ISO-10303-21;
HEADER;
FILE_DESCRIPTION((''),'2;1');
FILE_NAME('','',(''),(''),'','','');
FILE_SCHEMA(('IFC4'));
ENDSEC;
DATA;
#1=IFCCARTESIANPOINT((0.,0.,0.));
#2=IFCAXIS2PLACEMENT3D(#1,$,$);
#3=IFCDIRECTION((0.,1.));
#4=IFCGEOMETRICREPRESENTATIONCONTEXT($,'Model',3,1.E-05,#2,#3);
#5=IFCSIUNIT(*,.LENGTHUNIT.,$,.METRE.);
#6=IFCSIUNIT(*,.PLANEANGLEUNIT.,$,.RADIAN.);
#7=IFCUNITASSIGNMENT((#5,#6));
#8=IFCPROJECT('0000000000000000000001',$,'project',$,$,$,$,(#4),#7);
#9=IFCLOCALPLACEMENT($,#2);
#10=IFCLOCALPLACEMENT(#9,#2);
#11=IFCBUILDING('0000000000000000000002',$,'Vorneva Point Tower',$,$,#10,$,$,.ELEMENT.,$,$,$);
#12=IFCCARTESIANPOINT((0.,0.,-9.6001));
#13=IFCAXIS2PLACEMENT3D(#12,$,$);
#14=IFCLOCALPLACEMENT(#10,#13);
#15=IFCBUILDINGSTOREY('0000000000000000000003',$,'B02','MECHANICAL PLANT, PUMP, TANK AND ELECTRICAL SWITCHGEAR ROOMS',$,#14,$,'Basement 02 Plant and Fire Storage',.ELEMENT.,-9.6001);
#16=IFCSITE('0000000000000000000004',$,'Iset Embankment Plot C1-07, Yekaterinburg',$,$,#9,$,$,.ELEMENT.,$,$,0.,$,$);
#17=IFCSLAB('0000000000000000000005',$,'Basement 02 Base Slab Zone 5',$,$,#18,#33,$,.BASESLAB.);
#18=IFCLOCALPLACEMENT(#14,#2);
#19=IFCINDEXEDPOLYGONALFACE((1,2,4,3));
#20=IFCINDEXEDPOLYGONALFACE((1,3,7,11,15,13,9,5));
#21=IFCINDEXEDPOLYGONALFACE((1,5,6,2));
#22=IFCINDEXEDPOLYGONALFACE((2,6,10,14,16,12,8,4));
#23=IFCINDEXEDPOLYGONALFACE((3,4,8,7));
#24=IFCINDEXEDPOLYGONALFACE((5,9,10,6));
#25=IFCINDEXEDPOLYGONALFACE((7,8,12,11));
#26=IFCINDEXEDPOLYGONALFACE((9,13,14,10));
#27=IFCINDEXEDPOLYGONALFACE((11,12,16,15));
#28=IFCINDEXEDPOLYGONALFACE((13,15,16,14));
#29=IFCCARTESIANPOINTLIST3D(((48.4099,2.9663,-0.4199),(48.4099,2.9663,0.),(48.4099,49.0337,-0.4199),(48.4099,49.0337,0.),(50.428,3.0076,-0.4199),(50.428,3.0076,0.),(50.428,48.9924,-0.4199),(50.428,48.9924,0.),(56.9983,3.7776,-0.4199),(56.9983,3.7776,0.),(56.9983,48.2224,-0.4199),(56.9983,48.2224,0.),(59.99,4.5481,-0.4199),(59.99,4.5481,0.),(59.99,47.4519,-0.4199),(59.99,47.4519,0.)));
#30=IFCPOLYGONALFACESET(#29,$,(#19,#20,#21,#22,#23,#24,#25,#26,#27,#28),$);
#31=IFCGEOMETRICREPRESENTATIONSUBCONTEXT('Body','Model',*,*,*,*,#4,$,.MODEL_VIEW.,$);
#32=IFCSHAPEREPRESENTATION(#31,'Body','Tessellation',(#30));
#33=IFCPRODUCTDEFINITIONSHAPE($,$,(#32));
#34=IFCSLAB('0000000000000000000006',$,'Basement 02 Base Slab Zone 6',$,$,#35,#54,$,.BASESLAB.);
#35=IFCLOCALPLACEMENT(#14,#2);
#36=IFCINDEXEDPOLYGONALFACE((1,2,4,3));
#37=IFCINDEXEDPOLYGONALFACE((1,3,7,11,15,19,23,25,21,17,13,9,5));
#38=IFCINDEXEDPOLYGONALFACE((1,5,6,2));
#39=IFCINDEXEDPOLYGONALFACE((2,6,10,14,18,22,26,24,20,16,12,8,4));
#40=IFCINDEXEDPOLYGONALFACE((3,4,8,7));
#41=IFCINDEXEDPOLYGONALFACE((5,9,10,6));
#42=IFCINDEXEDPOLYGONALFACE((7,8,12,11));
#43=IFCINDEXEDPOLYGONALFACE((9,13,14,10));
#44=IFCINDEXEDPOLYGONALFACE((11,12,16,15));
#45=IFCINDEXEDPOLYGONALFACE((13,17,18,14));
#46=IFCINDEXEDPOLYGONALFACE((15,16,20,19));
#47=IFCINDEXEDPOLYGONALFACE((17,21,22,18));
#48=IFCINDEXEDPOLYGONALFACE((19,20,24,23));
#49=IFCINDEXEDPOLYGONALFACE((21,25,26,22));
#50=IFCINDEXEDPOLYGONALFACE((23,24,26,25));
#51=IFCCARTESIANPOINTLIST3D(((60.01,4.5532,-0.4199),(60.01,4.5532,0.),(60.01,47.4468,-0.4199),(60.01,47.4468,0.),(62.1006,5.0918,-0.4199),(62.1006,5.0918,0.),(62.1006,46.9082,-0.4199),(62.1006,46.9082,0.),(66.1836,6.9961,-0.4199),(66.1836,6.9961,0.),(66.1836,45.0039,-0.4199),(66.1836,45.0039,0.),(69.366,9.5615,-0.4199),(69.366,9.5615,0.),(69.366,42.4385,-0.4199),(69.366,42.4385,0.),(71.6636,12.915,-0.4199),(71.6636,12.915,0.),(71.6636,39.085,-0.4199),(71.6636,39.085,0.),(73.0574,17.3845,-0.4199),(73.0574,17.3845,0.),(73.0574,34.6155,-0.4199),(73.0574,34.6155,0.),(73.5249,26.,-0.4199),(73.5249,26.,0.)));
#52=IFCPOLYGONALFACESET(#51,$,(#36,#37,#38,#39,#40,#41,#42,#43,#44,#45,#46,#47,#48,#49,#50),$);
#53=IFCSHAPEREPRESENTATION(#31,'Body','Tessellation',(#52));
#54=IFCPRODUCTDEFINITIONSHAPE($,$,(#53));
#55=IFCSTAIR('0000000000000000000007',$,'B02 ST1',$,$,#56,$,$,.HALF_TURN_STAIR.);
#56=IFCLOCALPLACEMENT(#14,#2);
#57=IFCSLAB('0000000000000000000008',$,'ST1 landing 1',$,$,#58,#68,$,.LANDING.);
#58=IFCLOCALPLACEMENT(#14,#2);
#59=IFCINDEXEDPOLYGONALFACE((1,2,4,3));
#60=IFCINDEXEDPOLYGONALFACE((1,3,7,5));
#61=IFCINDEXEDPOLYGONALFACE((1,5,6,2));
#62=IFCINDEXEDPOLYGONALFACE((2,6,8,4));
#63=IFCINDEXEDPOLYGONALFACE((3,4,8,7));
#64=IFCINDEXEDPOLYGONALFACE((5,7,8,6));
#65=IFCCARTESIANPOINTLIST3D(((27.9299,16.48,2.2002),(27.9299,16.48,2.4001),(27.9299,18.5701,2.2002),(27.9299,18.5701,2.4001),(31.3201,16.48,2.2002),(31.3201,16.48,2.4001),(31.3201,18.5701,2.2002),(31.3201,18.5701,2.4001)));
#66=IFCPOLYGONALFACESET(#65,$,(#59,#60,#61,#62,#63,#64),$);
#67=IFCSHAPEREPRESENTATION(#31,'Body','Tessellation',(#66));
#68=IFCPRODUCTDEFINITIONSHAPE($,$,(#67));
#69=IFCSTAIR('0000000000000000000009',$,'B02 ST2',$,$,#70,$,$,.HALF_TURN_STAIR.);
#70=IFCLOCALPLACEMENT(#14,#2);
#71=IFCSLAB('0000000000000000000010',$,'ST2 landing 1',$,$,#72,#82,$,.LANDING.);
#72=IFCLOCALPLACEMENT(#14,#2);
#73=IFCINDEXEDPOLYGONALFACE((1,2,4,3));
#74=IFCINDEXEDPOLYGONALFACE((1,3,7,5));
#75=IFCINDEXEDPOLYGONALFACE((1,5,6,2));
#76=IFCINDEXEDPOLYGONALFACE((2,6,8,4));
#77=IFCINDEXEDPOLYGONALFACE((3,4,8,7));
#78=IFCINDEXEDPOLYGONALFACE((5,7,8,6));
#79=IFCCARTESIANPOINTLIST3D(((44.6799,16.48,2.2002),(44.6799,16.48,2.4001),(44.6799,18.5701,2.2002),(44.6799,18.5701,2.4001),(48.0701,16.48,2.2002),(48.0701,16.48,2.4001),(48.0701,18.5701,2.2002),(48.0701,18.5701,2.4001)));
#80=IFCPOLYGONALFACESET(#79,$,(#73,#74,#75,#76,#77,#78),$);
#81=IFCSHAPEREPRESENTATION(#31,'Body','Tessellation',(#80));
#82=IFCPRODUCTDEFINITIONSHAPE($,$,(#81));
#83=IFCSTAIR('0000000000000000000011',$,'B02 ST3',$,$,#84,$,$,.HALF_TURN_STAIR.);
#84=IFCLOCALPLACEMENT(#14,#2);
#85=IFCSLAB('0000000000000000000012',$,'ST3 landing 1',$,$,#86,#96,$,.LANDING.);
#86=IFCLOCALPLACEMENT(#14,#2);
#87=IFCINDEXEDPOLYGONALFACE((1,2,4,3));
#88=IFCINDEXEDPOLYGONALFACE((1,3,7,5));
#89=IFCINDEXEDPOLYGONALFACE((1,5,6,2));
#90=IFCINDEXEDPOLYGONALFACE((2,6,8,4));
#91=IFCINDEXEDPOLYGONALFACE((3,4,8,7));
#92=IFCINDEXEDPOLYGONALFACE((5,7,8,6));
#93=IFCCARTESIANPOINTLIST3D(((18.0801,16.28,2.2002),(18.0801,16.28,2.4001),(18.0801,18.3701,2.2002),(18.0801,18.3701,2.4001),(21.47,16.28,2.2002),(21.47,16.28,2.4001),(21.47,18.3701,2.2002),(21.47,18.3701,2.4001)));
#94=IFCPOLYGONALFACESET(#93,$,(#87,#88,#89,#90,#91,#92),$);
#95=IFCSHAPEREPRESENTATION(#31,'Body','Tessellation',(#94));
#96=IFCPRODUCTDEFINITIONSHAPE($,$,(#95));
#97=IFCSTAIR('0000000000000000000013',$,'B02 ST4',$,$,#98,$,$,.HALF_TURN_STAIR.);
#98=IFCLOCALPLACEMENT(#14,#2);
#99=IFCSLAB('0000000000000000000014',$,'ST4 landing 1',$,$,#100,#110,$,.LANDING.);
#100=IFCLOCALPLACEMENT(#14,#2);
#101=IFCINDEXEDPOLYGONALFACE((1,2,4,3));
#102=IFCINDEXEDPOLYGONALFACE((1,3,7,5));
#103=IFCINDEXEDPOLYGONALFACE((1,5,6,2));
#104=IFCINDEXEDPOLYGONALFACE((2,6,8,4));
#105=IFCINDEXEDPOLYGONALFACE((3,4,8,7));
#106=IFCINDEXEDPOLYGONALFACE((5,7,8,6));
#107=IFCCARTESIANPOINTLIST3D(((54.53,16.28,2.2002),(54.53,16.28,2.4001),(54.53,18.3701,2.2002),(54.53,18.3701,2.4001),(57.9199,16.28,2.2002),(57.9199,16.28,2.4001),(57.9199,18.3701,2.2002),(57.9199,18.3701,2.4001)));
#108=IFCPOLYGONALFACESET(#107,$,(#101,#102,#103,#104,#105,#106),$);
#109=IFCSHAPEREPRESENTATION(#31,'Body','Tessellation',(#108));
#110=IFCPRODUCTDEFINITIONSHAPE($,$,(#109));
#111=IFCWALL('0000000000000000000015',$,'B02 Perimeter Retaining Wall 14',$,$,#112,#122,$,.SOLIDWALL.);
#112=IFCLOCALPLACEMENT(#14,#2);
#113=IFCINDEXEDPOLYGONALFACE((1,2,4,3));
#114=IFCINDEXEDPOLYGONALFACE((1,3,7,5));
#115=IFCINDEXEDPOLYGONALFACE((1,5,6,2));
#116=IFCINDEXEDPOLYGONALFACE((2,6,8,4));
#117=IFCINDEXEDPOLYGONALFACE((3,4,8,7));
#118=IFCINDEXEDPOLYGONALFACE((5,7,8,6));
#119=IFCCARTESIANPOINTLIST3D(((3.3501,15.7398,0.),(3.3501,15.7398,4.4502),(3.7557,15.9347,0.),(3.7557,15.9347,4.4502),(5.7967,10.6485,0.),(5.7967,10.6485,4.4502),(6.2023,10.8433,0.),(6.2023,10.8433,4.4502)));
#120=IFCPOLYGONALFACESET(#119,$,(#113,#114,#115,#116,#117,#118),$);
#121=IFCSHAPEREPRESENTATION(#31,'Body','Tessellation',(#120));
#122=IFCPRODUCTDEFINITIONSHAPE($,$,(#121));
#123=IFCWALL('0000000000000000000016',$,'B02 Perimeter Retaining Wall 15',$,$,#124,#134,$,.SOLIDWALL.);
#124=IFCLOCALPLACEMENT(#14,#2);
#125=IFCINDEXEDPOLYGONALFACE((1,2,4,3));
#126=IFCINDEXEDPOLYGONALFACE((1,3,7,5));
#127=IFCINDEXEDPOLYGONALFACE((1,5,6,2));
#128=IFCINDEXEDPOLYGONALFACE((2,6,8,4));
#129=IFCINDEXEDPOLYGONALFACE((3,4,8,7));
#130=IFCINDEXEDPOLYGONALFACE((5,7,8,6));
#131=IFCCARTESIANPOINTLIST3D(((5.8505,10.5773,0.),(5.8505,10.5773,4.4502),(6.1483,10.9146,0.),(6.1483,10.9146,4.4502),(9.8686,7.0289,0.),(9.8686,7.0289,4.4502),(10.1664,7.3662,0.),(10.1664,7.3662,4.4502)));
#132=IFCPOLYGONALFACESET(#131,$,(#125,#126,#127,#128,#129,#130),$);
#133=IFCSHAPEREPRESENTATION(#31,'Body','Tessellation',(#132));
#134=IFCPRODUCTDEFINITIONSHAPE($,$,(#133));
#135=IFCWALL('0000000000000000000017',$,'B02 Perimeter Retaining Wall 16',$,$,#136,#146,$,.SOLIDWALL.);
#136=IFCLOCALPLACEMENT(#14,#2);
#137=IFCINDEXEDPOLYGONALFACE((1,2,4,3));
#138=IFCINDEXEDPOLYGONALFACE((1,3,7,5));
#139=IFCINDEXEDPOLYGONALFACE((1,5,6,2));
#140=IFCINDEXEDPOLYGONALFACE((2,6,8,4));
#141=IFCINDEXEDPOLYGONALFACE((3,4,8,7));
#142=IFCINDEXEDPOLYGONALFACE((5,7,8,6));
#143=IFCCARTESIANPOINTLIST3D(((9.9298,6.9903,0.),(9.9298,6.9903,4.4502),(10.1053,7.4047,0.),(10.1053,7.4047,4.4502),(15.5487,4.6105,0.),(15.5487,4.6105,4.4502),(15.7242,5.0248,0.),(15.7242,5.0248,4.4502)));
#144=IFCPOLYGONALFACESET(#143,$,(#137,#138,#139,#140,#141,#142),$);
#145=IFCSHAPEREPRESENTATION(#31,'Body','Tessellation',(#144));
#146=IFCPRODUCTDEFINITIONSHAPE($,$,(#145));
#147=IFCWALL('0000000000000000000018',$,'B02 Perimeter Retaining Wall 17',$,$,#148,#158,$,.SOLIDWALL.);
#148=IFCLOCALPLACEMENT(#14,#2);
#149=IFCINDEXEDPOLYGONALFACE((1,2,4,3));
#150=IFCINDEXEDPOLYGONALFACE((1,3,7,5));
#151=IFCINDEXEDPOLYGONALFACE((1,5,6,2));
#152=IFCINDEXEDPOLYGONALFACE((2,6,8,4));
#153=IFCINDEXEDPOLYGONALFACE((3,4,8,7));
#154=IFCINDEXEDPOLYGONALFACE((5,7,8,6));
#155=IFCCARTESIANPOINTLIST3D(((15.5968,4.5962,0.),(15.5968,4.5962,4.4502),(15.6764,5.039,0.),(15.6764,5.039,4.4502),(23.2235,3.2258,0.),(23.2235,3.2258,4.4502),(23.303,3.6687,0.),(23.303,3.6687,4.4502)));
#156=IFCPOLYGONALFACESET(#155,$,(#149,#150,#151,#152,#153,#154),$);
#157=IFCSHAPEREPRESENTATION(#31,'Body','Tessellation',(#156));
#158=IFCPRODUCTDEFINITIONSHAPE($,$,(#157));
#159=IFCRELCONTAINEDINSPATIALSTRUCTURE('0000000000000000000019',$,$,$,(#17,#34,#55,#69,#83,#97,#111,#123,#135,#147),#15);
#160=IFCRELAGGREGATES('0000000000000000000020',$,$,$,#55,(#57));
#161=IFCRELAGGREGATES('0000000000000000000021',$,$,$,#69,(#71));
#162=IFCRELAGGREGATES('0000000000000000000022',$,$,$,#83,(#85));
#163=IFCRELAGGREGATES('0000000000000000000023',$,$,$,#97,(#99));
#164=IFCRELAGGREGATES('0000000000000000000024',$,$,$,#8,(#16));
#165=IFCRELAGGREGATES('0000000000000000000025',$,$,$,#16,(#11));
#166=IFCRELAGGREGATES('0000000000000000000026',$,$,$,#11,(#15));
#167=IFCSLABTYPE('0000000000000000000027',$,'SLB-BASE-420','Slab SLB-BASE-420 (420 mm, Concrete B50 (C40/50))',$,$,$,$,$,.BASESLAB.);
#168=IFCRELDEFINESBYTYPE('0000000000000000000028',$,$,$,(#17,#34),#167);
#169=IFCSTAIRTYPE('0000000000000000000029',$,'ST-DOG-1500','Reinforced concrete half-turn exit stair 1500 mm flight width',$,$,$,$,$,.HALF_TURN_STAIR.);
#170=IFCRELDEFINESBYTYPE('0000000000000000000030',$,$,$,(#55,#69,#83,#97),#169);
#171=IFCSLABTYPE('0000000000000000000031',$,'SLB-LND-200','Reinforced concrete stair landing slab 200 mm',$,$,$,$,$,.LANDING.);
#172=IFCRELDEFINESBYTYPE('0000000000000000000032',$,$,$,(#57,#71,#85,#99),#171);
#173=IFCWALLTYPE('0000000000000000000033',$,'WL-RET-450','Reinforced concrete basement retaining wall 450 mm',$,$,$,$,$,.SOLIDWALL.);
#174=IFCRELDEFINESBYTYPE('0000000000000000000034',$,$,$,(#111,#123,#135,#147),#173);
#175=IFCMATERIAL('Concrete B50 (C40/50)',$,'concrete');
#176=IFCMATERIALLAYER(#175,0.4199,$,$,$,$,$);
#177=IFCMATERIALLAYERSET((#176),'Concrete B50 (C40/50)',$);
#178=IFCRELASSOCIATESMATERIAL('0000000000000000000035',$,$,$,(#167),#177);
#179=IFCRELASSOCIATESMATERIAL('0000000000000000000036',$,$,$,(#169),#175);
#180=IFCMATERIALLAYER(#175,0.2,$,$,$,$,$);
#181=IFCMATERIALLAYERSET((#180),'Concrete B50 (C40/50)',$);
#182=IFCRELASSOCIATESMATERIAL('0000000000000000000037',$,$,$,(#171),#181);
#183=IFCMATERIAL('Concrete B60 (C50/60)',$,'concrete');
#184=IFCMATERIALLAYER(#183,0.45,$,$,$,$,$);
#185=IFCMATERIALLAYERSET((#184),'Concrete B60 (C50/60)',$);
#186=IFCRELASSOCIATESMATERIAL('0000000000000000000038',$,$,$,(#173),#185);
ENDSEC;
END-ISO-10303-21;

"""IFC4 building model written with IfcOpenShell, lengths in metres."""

from ifc_helpers import new_model, si_unit, direction, frame, frame_2d, origin, place, context, subcontext, project, spatial, polyline, rectangle, outline, extrude, material, layer, layer_set, type_object, element, aggregate, save


model = new_model("IFC4")

# Units and contexts
model_context = context("Model", 3, precision=1e-05, world=origin(), true_north=direction((0.0, 1.0)))
body_context = subcontext(model_context, "Body", "Model", "MODEL_VIEW")
ifc_project = project(units=[si_unit("LENGTHUNIT", "METRE"), si_unit("PLANEANGLEUNIT", "RADIAN")], contexts=[model_context])

# Site, building, storey
site_placement = place(None, origin())
site = spatial("IfcSite", under=ifc_project, at=site_placement, Name="Iset Embankment Plot C1-07, Yekaterinburg", CompositionType="ELEMENT", RefElevation=0.0)
building_placement = place(site_placement, origin())
building = spatial("IfcBuilding", under=site, at=building_placement, Name="Vorneva Point Tower", CompositionType="ELEMENT")
storey_placement = place(building_placement, frame((0.0, 0.0, -9.6001)))
storey = spatial("IfcBuildingStorey", under=building, at=storey_placement, Name="B02", Description="MECHANICAL PLANT, PUMP, TANK AND ELECTRICAL SWITCHGEAR ROOMS", LongName="Basement 02 Plant and Fire Storage", CompositionType="ELEMENT", Elevation=-9.6001)

# Shared definitions
ifc_material_1 = material(Name="Concrete B60 (C50/60)", Category="concrete")

# Shared definitions
ifc_material_2 = material(Name="Concrete B50 (C40/50)", Category="concrete")

# Slabs
ifc_layer_1 = layer(ifc_material_2, 0.4199)
ifc_layer_set_1 = layer_set([ifc_layer_1], Name="Concrete B50 (C40/50)")
slab_type_1 = type_object("IfcSlabType", Name="SLB-BASE-420", Description="Slab SLB-BASE-420 (420 mm, Concrete B50 (C40/50))", PredefinedType="BASESLAB", material=ifc_layer_set_1)
slab_1_placement = place(storey_placement, frame((0.0, 0.0, -0.4199)))
element("IfcSlab", 1, at=slab_1_placement, inside=storey, type_object=slab_type_1, Name="Basement 02 Base Slab Zone 5", PredefinedType="BASESLAB", context=body_context, shape_type="SweptSolid", body=[
    extrude(outline(polyline([(48.4099, 49.0337), (48.4099, 2.9663), (50.428, 3.0076), (56.9983, 3.7776), (59.99, 4.5481), (59.99, 47.4519), (56.9983, 48.2224), (50.428, 48.9924), (48.4099, 49.0337)])), origin(), (0.0, 0.0, 1.0), 0.4199),
])
slab_2_placement = place(storey_placement, frame((0.0, 0.0, -0.4199)))
element("IfcSlab", 2, at=slab_2_placement, inside=storey, type_object=slab_type_1, Name="Basement 02 Base Slab Zone 6", PredefinedType="BASESLAB", context=body_context, shape_type="SweptSolid", body=[
    extrude(outline(polyline([(60.01, 47.4468), (60.01, 4.5532), (62.1006, 5.0918), (66.1836, 6.9961), (69.366, 9.5615), (71.6636, 12.915), (73.0574, 17.3845), (73.5249, 26.0), (73.0574, 34.6155), (71.6636, 39.085), (69.366, 42.4385), (66.1836, 45.0039), (62.1006, 46.9082), (60.01, 47.4468)])), origin(), (0.0, 0.0, 1.0), 0.4199),
])

# Stairs, slabs
stair_type = type_object("IfcStairType", Name="ST-DOG-1500", Description="Reinforced concrete half-turn exit stair 1500 mm flight width", PredefinedType="HALF_TURN_STAIR", material=ifc_material_2)
stair_1_placement = place(storey_placement, origin())
stair_1 = element("IfcStair", 3, at=stair_1_placement, inside=storey, type_object=stair_type, Name="B02 ST1", PredefinedType="HALF_TURN_STAIR")
ifc_layer_2 = layer(ifc_material_2, 0.2)
ifc_layer_set_2 = layer_set([ifc_layer_2], Name="Concrete B50 (C40/50)")
slab_type_2 = type_object("IfcSlabType", Name="SLB-LND-200", Description="Reinforced concrete stair landing slab 200 mm", PredefinedType="LANDING", material=ifc_layer_set_2)
slab_3_placement = place(storey_placement, frame((0.0, 0.0, 2.2002)))
slab_3 = element("IfcSlab", 4, at=slab_3_placement, type_object=slab_type_2, Name="ST1 landing 1", PredefinedType="LANDING", context=body_context, shape_type="SweptSolid", body=[
    extrude(outline(polyline([(27.9299, 16.48), (31.3201, 16.48), (31.3201, 18.5701), (27.9299, 18.5701), (27.9299, 16.48)])), origin(), (0.0, 0.0, 1.0), 0.2),
])
aggregate(stair_1, [slab_3])
stair_2_placement = place(storey_placement, origin())
stair_2 = element("IfcStair", 5, at=stair_2_placement, inside=storey, type_object=stair_type, Name="B02 ST2", PredefinedType="HALF_TURN_STAIR")
slab_4_placement = place(storey_placement, frame((0.0, 0.0, 2.2002)))
slab_4 = element("IfcSlab", 6, at=slab_4_placement, type_object=slab_type_2, Name="ST2 landing 1", PredefinedType="LANDING", context=body_context, shape_type="SweptSolid", body=[
    extrude(outline(polyline([(44.6799, 16.48), (48.0701, 16.48), (48.0701, 18.5701), (44.6799, 18.5701), (44.6799, 16.48)])), origin(), (0.0, 0.0, 1.0), 0.2),
])
aggregate(stair_2, [slab_4])
stair_3_placement = place(storey_placement, origin())
stair_3 = element("IfcStair", 7, at=stair_3_placement, inside=storey, type_object=stair_type, Name="B02 ST3", PredefinedType="HALF_TURN_STAIR")
slab_5_placement = place(storey_placement, frame((0.0, 0.0, 2.2002)))
slab_5 = element("IfcSlab", 8, at=slab_5_placement, type_object=slab_type_2, Name="ST3 landing 1", PredefinedType="LANDING", context=body_context, shape_type="SweptSolid", body=[
    extrude(outline(polyline([(18.0801, 16.28), (21.47, 16.28), (21.47, 18.3701), (18.0801, 18.3701), (18.0801, 16.28)])), origin(), (0.0, 0.0, 1.0), 0.2),
])
aggregate(stair_3, [slab_5])
stair_4_placement = place(storey_placement, origin())
stair_4 = element("IfcStair", 9, at=stair_4_placement, inside=storey, type_object=stair_type, Name="B02 ST4", PredefinedType="HALF_TURN_STAIR")
slab_6_placement = place(storey_placement, frame((0.0, 0.0, 2.2002)))
slab_6 = element("IfcSlab", 10, at=slab_6_placement, type_object=slab_type_2, Name="ST4 landing 1", PredefinedType="LANDING", context=body_context, shape_type="SweptSolid", body=[
    extrude(outline(polyline([(54.53, 16.28), (57.9199, 16.28), (57.9199, 18.3701), (54.53, 18.3701), (54.53, 16.28)])), origin(), (0.0, 0.0, 1.0), 0.2),
])
aggregate(stair_4, [slab_6])

# Walls
ifc_layer_3 = layer(ifc_material_1, 0.45)
ifc_layer_set_3 = layer_set([ifc_layer_3], Name="Concrete B60 (C50/60)")
wall_type = type_object("IfcWallType", Name="WL-RET-450", Description="Reinforced concrete basement retaining wall 450 mm", PredefinedType="SOLIDWALL", material=ifc_layer_set_3)
wall_1_placement = place(storey_placement, frame((3.553, 15.8372, 0.0), z_axis=(0.0, 0.0, 1.0), x_axis=(0.43312, -0.901336, 0.0)))
element("IfcWall", 11, at=wall_1_placement, inside=storey, type_object=wall_type, Name="B02 Perimeter Retaining Wall 14", PredefinedType="SOLIDWALL", context=body_context, shape_type="SweptSolid", body=[
    extrude(rectangle(XDim=5.6487, YDim=0.45, at=frame_2d((2.8242, 0.0))), origin(), (0.0, 0.0, 1.0), 4.4502),
])
wall_2_placement = place(storey_placement, frame((5.9995, 10.7458, 0.0), z_axis=(0.0, 0.0, 1.0), x_axis=(0.749561, -0.661935, 0.0)))
element("IfcWall", 12, at=wall_2_placement, inside=storey, type_object=wall_type, Name="B02 Perimeter Retaining Wall 15", PredefinedType="SOLIDWALL", context=body_context, shape_type="SweptSolid", body=[
    extrude(rectangle(XDim=5.3606, YDim=0.45, at=frame_2d((2.6802, 0.0))), origin(), (0.0, 0.0, 1.0), 4.4502),
])
wall_3_placement = place(storey_placement, frame((10.0176, 7.1975, 0.0), z_axis=(0.0, 0.0, 1.0), x_axis=(0.920811, -0.390009, 0.0)))
element("IfcWall", 13, at=wall_3_placement, inside=storey, type_object=wall_type, Name="B02 Perimeter Retaining Wall 16", PredefinedType="SOLIDWALL", context=body_context, shape_type="SweptSolid", body=[
    extrude(rectangle(XDim=6.1021, YDim=0.45, at=frame_2d((3.051, 0.0))), origin(), (0.0, 0.0, 1.0), 4.4502),
])
wall_4_placement = place(storey_placement, frame((15.6365, 4.8176, 0.0), z_axis=(0.0, 0.0, 1.0), x_axis=(0.984238, -0.176847, 0.0)))
element("IfcWall", 14, at=wall_4_placement, inside=storey, type_object=wall_type, Name="B02 Perimeter Retaining Wall 17", PredefinedType="SOLIDWALL", context=body_context, shape_type="SweptSolid", body=[
    extrude(rectangle(XDim=7.7488, YDim=0.45, at=frame_2d((3.8745, 0.0))), origin(), (0.0, 0.0, 1.0), 4.4502),
])

save(model, "model.ifc")
